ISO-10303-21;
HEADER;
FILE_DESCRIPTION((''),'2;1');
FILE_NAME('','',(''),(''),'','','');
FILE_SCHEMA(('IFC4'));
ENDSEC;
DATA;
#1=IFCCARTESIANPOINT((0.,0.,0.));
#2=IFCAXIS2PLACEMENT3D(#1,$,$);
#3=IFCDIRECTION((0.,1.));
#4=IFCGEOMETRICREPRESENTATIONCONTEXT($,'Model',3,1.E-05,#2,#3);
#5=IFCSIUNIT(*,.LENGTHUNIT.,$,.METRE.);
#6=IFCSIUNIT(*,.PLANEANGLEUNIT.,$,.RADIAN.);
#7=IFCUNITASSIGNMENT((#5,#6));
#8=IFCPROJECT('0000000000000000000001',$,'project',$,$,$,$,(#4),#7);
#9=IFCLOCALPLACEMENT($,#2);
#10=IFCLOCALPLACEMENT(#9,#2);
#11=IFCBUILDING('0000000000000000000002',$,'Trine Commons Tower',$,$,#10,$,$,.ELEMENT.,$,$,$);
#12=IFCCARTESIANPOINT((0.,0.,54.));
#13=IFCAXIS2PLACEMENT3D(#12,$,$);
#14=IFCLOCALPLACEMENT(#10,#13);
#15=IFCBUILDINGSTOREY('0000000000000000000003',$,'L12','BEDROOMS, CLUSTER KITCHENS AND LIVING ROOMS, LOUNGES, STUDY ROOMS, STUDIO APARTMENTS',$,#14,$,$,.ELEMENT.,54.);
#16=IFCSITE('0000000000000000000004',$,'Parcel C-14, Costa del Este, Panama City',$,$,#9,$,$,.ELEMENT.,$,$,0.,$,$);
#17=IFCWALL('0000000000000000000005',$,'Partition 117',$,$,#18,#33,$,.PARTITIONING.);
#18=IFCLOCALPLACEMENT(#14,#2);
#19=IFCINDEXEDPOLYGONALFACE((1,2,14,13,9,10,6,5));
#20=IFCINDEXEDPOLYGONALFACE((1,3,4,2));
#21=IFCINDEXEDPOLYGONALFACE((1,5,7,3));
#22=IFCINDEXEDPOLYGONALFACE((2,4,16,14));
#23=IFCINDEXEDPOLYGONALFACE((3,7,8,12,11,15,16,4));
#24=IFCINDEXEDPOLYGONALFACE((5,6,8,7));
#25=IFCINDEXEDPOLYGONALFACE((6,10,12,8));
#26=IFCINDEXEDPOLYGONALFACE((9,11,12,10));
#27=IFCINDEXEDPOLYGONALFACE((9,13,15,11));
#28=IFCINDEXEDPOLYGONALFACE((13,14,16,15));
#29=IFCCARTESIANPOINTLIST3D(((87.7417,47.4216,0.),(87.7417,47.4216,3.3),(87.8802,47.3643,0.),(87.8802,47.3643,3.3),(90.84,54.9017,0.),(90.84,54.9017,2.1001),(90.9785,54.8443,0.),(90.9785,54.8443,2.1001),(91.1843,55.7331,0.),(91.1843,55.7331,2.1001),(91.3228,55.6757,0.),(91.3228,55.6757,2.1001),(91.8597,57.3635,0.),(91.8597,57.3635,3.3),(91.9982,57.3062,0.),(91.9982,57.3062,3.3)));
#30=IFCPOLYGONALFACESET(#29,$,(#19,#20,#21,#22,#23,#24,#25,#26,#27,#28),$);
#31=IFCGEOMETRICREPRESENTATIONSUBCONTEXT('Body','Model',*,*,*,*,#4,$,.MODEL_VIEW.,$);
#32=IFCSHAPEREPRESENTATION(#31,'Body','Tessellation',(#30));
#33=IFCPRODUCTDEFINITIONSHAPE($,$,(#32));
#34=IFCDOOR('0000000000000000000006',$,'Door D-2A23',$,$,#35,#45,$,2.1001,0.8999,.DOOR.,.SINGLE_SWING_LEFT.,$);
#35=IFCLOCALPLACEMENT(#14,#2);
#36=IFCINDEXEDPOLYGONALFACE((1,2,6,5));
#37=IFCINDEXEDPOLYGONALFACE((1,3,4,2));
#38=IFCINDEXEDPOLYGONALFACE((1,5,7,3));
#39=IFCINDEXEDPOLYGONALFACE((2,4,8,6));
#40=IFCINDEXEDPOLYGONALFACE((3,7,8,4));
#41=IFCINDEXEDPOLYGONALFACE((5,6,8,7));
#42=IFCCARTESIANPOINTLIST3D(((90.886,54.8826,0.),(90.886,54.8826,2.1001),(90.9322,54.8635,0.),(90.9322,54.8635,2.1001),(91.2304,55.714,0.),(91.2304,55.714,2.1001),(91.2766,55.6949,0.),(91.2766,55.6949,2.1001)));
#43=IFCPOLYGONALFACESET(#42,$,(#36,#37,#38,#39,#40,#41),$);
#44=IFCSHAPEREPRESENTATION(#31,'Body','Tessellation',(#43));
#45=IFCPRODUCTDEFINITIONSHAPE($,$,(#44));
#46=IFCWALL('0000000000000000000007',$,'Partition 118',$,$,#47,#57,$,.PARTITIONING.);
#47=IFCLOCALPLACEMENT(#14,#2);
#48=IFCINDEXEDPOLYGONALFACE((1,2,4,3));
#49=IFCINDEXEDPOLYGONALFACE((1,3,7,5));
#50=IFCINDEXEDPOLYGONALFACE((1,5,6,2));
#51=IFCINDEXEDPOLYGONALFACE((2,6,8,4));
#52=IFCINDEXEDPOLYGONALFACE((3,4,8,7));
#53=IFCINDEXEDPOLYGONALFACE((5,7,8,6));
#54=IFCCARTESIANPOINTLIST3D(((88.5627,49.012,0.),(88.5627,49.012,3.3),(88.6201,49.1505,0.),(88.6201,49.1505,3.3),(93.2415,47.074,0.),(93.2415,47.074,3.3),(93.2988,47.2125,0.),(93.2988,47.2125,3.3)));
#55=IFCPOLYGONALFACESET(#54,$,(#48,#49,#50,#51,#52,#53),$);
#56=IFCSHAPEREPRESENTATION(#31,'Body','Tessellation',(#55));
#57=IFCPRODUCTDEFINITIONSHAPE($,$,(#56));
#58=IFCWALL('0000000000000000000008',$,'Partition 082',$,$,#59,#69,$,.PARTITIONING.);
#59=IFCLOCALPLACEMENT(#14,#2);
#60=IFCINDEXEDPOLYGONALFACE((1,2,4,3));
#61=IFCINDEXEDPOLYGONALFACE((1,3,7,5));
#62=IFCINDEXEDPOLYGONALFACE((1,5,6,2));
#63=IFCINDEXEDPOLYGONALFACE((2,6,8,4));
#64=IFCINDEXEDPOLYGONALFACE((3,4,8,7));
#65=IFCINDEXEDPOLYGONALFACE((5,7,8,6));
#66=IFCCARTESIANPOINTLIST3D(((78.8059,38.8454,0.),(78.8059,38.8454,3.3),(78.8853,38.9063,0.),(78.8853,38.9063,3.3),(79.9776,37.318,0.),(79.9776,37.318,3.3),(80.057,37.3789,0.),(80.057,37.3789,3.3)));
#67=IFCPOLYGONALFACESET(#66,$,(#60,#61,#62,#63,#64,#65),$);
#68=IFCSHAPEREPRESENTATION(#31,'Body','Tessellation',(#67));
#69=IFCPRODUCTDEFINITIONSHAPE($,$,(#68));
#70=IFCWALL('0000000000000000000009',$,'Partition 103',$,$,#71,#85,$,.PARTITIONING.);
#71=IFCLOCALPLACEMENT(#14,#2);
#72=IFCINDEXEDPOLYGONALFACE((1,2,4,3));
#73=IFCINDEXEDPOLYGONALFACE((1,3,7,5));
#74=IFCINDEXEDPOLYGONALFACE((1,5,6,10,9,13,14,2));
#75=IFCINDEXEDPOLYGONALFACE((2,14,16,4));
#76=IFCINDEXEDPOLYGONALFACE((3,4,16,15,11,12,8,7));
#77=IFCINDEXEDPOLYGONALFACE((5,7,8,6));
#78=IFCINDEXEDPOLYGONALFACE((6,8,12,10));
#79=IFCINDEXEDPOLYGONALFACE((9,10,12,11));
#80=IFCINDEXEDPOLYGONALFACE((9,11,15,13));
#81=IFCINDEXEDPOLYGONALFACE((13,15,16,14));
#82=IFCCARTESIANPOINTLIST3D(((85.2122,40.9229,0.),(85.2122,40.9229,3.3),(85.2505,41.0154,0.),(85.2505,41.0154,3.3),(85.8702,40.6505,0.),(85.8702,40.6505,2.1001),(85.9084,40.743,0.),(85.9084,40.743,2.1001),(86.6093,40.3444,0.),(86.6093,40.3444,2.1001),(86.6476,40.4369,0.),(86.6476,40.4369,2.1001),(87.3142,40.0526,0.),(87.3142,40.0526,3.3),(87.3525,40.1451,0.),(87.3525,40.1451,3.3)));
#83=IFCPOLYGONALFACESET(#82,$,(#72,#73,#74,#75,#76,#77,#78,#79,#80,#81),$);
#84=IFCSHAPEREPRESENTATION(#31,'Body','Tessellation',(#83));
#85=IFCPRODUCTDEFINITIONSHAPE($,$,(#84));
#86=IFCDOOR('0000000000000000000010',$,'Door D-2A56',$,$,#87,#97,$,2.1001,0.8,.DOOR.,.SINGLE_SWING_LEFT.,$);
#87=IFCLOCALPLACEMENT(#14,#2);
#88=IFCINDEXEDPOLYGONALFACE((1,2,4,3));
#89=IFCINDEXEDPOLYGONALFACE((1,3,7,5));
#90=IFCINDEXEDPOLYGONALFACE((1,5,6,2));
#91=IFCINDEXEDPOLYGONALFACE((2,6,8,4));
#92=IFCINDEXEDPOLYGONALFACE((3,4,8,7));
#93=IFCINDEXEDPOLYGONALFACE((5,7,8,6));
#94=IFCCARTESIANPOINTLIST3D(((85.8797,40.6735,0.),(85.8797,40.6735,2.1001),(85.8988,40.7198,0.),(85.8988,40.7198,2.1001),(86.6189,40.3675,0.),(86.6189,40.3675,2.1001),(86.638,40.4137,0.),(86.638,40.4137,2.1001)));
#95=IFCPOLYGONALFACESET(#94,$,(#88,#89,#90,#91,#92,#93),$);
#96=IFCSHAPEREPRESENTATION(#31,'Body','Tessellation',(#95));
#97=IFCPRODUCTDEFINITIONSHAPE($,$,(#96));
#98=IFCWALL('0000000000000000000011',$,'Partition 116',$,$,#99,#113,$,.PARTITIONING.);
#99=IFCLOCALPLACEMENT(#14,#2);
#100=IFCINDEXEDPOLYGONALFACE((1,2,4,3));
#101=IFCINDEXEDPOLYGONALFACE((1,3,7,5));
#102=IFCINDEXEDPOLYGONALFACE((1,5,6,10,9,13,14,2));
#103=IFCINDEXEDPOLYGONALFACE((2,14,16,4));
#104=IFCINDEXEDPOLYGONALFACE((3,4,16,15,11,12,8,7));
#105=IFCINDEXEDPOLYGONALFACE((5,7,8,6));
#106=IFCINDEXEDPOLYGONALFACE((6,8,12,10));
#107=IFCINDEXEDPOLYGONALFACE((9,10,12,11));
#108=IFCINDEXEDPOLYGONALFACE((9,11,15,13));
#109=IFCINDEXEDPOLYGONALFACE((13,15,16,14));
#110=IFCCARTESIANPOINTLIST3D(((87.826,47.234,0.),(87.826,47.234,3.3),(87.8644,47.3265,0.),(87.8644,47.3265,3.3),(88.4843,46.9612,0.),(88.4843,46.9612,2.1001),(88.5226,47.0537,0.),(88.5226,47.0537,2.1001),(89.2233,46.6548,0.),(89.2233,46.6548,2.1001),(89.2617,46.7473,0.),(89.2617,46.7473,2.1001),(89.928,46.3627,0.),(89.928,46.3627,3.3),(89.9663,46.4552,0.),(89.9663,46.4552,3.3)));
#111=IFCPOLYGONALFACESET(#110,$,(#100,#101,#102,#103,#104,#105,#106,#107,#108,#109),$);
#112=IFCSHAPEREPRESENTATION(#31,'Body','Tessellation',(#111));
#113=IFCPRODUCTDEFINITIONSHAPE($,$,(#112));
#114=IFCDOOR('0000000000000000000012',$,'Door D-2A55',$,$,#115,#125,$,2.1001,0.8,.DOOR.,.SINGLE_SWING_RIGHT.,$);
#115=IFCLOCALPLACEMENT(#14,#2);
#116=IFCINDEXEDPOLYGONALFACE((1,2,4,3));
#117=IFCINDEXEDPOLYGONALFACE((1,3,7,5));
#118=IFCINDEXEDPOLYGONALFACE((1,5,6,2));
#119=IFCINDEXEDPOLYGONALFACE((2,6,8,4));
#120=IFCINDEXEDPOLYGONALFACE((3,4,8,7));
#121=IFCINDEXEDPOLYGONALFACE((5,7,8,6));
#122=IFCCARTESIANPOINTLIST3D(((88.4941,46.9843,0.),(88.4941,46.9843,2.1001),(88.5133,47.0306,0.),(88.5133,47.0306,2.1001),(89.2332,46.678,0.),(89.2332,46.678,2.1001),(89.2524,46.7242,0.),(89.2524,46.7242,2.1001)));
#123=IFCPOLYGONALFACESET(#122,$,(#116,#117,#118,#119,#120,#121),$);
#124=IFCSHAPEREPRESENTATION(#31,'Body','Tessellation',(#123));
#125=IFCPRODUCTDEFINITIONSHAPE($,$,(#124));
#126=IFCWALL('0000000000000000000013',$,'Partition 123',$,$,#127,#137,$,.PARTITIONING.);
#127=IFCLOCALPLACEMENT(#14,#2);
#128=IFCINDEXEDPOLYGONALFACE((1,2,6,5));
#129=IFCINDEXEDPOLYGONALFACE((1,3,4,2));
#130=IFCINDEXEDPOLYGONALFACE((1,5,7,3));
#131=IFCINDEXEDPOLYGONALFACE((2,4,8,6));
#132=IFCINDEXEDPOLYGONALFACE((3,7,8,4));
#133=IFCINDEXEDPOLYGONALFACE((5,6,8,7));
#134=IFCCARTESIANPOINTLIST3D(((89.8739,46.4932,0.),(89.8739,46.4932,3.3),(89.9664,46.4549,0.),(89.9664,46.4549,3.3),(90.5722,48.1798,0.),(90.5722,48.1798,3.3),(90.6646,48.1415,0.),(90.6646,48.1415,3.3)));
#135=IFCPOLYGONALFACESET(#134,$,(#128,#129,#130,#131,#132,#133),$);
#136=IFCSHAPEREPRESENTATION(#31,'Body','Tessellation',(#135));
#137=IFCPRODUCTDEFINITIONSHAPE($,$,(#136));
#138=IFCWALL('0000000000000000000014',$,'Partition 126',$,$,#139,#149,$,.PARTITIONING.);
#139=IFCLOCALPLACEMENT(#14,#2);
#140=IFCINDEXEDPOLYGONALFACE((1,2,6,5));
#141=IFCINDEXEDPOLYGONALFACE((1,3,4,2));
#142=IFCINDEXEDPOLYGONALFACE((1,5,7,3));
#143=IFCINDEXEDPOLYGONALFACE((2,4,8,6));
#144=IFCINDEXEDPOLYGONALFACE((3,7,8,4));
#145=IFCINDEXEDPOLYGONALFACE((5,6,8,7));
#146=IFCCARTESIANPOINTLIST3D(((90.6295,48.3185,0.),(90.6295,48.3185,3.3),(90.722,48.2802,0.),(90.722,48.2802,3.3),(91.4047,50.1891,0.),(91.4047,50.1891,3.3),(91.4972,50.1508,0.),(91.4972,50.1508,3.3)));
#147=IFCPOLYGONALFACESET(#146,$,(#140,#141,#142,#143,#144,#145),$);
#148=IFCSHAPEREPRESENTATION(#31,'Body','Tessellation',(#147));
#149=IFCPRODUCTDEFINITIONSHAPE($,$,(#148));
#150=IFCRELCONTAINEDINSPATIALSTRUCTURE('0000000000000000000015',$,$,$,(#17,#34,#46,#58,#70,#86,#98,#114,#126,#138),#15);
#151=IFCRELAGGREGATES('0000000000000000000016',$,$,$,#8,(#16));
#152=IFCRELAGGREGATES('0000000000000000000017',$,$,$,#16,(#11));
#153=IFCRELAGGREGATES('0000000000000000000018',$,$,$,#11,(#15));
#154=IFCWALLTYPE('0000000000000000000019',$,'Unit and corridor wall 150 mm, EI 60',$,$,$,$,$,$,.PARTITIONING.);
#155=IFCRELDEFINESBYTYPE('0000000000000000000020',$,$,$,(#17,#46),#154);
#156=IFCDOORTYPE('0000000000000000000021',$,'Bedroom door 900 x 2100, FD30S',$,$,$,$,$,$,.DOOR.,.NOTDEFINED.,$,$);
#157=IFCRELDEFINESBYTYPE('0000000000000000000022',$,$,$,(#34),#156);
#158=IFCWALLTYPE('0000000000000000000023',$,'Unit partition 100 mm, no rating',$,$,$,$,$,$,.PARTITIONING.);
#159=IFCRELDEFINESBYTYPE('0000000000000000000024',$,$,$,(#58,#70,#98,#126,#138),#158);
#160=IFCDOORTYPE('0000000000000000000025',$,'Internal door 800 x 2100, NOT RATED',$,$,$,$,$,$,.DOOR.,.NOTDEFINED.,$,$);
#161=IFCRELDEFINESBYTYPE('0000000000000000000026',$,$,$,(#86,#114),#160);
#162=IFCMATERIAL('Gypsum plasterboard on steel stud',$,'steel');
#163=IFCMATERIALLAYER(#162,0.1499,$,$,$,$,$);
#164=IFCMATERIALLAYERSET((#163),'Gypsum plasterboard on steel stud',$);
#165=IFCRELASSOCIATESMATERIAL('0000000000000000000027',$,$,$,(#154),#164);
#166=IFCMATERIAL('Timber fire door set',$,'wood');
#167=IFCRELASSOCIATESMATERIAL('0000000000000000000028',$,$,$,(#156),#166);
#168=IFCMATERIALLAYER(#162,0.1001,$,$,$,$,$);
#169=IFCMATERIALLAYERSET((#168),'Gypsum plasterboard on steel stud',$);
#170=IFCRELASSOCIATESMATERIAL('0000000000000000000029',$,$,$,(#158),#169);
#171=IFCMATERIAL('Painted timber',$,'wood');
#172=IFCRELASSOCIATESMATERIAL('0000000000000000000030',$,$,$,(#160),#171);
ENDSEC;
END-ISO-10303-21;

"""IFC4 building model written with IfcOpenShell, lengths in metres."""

from ifc_helpers import new_model, si_unit, direction, frame, frame_2d, origin, place, context, subcontext, project, spatial, rectangle, extrude, material, layer, layer_set, type_object, element, fill, save


model = new_model("IFC4")

# Units and contexts
model_context = context("Model", 3, precision=1e-05, world=origin(), true_north=direction((0.0, 1.0)))
body_context = subcontext(model_context, "Body", "Model", "MODEL_VIEW")
ifc_project = project(units=[si_unit("LENGTHUNIT", "METRE"), si_unit("PLANEANGLEUNIT", "RADIAN")], contexts=[model_context])

# Site, building, storey
site_placement = place(None, origin())
site = spatial("IfcSite", under=ifc_project, at=site_placement, Name="Parcel C-14, Costa del Este, Panama City", CompositionType="ELEMENT", RefElevation=0.0)
building_placement = place(site_placement, origin())
building = spatial("IfcBuilding", under=site, at=building_placement, Name="Trine Commons Tower", CompositionType="ELEMENT")
storey_placement = place(building_placement, frame((0.0, 0.0, 54.0)))
storey = spatial("IfcBuildingStorey", under=building, at=storey_placement, Name="L12", Description="BEDROOMS, CLUSTER KITCHENS AND LIVING ROOMS, LOUNGES, STUDY ROOMS, STUDIO APARTMENTS", CompositionType="ELEMENT", Elevation=54.0)

# Shared definitions
ifc_material_1 = material(Name="Gypsum plasterboard on steel stud", Category="steel")
ifc_layer_1 = layer(ifc_material_1, 0.1499)
ifc_layer_set_1 = layer_set([ifc_layer_1], Name="Gypsum plasterboard on steel stud")
wall_type_1 = type_object("IfcWallType", Name="Unit and corridor wall 150 mm, EI 60", PredefinedType="PARTITIONING", material=ifc_layer_set_1)
ifc_material_2 = material(Name="Timber fire door set", Category="wood")

# Shared definitions
ifc_material_3 = material(Name="Painted timber", Category="wood")

# Shared definitions
door_type_1 = type_object("IfcDoorType", Name="Bedroom door 900 x 2100, FD30S", OperationType="NOTDEFINED", PredefinedType="DOOR", material=ifc_material_2)

# Wall, opening, door
wall_1_placement = place(storey_placement, frame((87.811, 47.3931, 0.0), z_axis=(0.0, 0.0, 1.0), x_axis=(0.382672, 0.923884, 0.0)))
wall_1 = element("IfcWall", 1, at=wall_1_placement, inside=storey, type_object=wall_type_1, Name="Partition 117", PredefinedType="PARTITIONING", context=body_context, shape_type="SweptSolid", body=[
    extrude(rectangle(XDim=10.761, YDim=0.1499, at=frame_2d((5.3804, 0.0))), origin(), (0.0, 0.0, 1.0), 3.3),
])
opening_1_placement = place(wall_1_placement, frame((8.0962, 0.0, 0.0)))
opening_1 = element("IfcOpeningElement", 2, at=opening_1_placement, cuts=wall_1, PredefinedType="OPENING", context=body_context, shape_type="SweptSolid", body=[
    extrude(rectangle(XDim=0.8999, YDim=2.1001, at=frame_2d((0.45, 1.05))), frame((0.0, 0.085, 0.0), z_axis=(0.0, -1.0, 0.0), x_axis=(1.0, 0.0, 0.0)), (0.0, 0.0, 1.0), 0.1699),
])
door_1_placement = place(opening_1_placement, frame((0.8999, 0.0, 0.0), z_axis=(0.0, 0.0, 1.0), x_axis=(-1.0, 0.0, 0.0)))
door_1 = element("IfcDoor", 3, at=door_1_placement, inside=storey, type_object=door_type_1, Name="Door D-2A23", OperationType="SINGLE_SWING_LEFT", OverallHeight=2.1001, OverallWidth=0.8999, PredefinedType="DOOR", context=body_context, shape_type="SweptSolid", body=[
    extrude(rectangle(XDim=0.8999, YDim=2.1001, at=frame_2d((0.45, 1.05))), frame((0.0, 0.0249, 0.0), z_axis=(0.0, -1.0, 0.0), x_axis=(1.0, 0.0, 0.0)), (0.0, 0.0, 1.0), 0.05),
])
fill(opening_1, door_1)

# Walls
wall_2_placement = place(storey_placement, frame((88.5913, 49.0813, 0.0), z_axis=(0.0, 0.0, 1.0), x_axis=(0.923879, -0.382684, 0.0)))
element("IfcWall", 4, at=wall_2_placement, inside=storey, type_object=wall_type_1, Name="Partition 118", PredefinedType="PARTITIONING", context=body_context, shape_type="SweptSolid", body=[
    extrude(rectangle(XDim=5.0642, YDim=0.1499, at=frame_2d((2.5322, 0.0))), origin(), (0.0, 0.0, 1.0), 3.3),
])
ifc_layer_2 = layer(ifc_material_1, 0.1001)
ifc_layer_set_2 = layer_set([ifc_layer_2], Name="Gypsum plasterboard on steel stud")
wall_type_2 = type_object("IfcWallType", Name="Unit partition 100 mm, no rating", PredefinedType="PARTITIONING", material=ifc_layer_set_2)
wall_3_placement = place(storey_placement, frame((78.8457, 38.8757, 0.0), z_axis=(0.0, 0.0, 1.0), x_axis=(0.60865, -0.793439, 0.0)))
element("IfcWall", 5, at=wall_3_placement, inside=storey, type_object=wall_type_2, Name="Partition 082", PredefinedType="PARTITIONING", context=body_context, shape_type="SweptSolid", body=[
    extrude(rectangle(XDim=1.925, YDim=0.1001, at=frame_2d((0.9624, 0.0))), origin(), (0.0, 0.0, 1.0), 3.3),
])

# Walls, openings, doors
wall_4_placement = place(storey_placement, frame((85.2312, 40.9692, 0.0), z_axis=(0.0, 0.0, 1.0), x_axis=(0.923932, -0.382557, 0.0)))
wall_4 = element("IfcWall", 6, at=wall_4_placement, inside=storey, type_object=wall_type_2, Name="Partition 103", PredefinedType="PARTITIONING", context=body_context, shape_type="SweptSolid", body=[
    extrude(rectangle(XDim=2.2751, YDim=0.1001, at=frame_2d((1.1377, 0.0))), origin(), (0.0, 0.0, 1.0), 3.3),
])
opening_2_placement = place(wall_4_placement, frame((0.7124, 0.0, 0.0)))
opening_2 = element("IfcOpeningElement", 7, at=opening_2_placement, cuts=wall_4, PredefinedType="OPENING", context=body_context, shape_type="SweptSolid", body=[
    extrude(rectangle(XDim=0.8, YDim=2.1001, at=frame_2d((0.3999, 1.05))), frame((0.0, 0.0601, 0.0), z_axis=(0.0, -1.0, 0.0), x_axis=(1.0, 0.0, 0.0)), (0.0, 0.0, 1.0), 0.1201),
])
door_type_2 = type_object("IfcDoorType", Name="Internal door 800 x 2100, NOT RATED", OperationType="NOTDEFINED", PredefinedType="DOOR", material=ifc_material_3)
door_2_placement = place(opening_2_placement, origin())
door_2 = element("IfcDoor", 8, at=door_2_placement, inside=storey, type_object=door_type_2, Name="Door D-2A56", OperationType="SINGLE_SWING_LEFT", OverallHeight=2.1001, OverallWidth=0.8, PredefinedType="DOOR", context=body_context, shape_type="SweptSolid", body=[
    extrude(rectangle(XDim=0.8, YDim=2.1001, at=frame_2d((0.3999, 1.05))), frame((0.0, 0.0249, 0.0), z_axis=(0.0, -1.0, 0.0), x_axis=(1.0, 0.0, 0.0)), (0.0, 0.0, 1.0), 0.05),
])
fill(opening_2, door_2)
wall_5_placement = place(storey_placement, frame((87.8452, 47.2803, 0.0), z_axis=(0.0, 0.0, 1.0), x_axis=(0.92378, -0.382923, 0.0)))
wall_5 = element("IfcWall", 9, at=wall_5_placement, inside=storey, type_object=wall_type_2, Name="Partition 116", PredefinedType="PARTITIONING", context=body_context, shape_type="SweptSolid", body=[
    extrude(rectangle(XDim=2.2754, YDim=0.1001, at=frame_2d((1.1377, 0.0))), origin(), (0.0, 0.0, 1.0), 3.3),
])
opening_3_placement = place(wall_5_placement, frame((0.7126, 0.0, 0.0)))
opening_3 = element("IfcOpeningElement", 10, at=opening_3_placement, cuts=wall_5, PredefinedType="OPENING", context=body_context, shape_type="SweptSolid", body=[
    extrude(rectangle(XDim=0.8, YDim=2.1001, at=frame_2d((0.3999, 1.05))), frame((0.0, 0.0601, 0.0), z_axis=(0.0, -1.0, 0.0), x_axis=(1.0, 0.0, 0.0)), (0.0, 0.0, 1.0), 0.1201),
])
door_3_placement = place(opening_3_placement, frame((0.8, 0.0, 0.0), z_axis=(0.0, 0.0, 1.0), x_axis=(-1.0, 0.0, 0.0)))
door_3 = element("IfcDoor", 11, at=door_3_placement, inside=storey, type_object=door_type_2, Name="Door D-2A55", OperationType="SINGLE_SWING_RIGHT", OverallHeight=2.1001, OverallWidth=0.8, PredefinedType="DOOR", context=body_context, shape_type="SweptSolid", body=[
    extrude(rectangle(XDim=0.8, YDim=2.1001, at=frame_2d((0.3999, 1.05))), frame((0.0, 0.0249, 0.0), z_axis=(0.0, -1.0, 0.0), x_axis=(1.0, 0.0, 0.0)), (0.0, 0.0, 1.0), 0.05),
])
fill(opening_3, door_3)

# Walls
wall_6_placement = place(storey_placement, frame((89.9202, 46.4741, 0.0), z_axis=(0.0, 0.0, 1.0), x_axis=(0.382525, 0.923945, 0.0)))
element("IfcWall", 12, at=wall_6_placement, inside=storey, type_object=wall_type_2, Name="Partition 123", PredefinedType="PARTITIONING", context=body_context, shape_type="SweptSolid", body=[
    extrude(rectangle(XDim=1.8254, YDim=0.1001, at=frame_2d((0.9126, 0.0))), origin(), (0.0, 0.0, 1.0), 3.3),
])
wall_7_placement = place(storey_placement, frame((90.6758, 48.2993, 0.0), z_axis=(0.0, 0.0, 1.0), x_axis=(0.382817, 0.923824, 0.0)))
element("IfcWall", 13, at=wall_7_placement, inside=storey, type_object=wall_type_2, Name="Partition 126", PredefinedType="PARTITIONING", context=body_context, shape_type="SweptSolid", body=[
    extrude(rectangle(XDim=2.0249, YDim=0.1001, at=frame_2d((1.0125, 0.0))), origin(), (0.0, 0.0, 1.0), 3.3),
])

save(model, "model.ifc")
